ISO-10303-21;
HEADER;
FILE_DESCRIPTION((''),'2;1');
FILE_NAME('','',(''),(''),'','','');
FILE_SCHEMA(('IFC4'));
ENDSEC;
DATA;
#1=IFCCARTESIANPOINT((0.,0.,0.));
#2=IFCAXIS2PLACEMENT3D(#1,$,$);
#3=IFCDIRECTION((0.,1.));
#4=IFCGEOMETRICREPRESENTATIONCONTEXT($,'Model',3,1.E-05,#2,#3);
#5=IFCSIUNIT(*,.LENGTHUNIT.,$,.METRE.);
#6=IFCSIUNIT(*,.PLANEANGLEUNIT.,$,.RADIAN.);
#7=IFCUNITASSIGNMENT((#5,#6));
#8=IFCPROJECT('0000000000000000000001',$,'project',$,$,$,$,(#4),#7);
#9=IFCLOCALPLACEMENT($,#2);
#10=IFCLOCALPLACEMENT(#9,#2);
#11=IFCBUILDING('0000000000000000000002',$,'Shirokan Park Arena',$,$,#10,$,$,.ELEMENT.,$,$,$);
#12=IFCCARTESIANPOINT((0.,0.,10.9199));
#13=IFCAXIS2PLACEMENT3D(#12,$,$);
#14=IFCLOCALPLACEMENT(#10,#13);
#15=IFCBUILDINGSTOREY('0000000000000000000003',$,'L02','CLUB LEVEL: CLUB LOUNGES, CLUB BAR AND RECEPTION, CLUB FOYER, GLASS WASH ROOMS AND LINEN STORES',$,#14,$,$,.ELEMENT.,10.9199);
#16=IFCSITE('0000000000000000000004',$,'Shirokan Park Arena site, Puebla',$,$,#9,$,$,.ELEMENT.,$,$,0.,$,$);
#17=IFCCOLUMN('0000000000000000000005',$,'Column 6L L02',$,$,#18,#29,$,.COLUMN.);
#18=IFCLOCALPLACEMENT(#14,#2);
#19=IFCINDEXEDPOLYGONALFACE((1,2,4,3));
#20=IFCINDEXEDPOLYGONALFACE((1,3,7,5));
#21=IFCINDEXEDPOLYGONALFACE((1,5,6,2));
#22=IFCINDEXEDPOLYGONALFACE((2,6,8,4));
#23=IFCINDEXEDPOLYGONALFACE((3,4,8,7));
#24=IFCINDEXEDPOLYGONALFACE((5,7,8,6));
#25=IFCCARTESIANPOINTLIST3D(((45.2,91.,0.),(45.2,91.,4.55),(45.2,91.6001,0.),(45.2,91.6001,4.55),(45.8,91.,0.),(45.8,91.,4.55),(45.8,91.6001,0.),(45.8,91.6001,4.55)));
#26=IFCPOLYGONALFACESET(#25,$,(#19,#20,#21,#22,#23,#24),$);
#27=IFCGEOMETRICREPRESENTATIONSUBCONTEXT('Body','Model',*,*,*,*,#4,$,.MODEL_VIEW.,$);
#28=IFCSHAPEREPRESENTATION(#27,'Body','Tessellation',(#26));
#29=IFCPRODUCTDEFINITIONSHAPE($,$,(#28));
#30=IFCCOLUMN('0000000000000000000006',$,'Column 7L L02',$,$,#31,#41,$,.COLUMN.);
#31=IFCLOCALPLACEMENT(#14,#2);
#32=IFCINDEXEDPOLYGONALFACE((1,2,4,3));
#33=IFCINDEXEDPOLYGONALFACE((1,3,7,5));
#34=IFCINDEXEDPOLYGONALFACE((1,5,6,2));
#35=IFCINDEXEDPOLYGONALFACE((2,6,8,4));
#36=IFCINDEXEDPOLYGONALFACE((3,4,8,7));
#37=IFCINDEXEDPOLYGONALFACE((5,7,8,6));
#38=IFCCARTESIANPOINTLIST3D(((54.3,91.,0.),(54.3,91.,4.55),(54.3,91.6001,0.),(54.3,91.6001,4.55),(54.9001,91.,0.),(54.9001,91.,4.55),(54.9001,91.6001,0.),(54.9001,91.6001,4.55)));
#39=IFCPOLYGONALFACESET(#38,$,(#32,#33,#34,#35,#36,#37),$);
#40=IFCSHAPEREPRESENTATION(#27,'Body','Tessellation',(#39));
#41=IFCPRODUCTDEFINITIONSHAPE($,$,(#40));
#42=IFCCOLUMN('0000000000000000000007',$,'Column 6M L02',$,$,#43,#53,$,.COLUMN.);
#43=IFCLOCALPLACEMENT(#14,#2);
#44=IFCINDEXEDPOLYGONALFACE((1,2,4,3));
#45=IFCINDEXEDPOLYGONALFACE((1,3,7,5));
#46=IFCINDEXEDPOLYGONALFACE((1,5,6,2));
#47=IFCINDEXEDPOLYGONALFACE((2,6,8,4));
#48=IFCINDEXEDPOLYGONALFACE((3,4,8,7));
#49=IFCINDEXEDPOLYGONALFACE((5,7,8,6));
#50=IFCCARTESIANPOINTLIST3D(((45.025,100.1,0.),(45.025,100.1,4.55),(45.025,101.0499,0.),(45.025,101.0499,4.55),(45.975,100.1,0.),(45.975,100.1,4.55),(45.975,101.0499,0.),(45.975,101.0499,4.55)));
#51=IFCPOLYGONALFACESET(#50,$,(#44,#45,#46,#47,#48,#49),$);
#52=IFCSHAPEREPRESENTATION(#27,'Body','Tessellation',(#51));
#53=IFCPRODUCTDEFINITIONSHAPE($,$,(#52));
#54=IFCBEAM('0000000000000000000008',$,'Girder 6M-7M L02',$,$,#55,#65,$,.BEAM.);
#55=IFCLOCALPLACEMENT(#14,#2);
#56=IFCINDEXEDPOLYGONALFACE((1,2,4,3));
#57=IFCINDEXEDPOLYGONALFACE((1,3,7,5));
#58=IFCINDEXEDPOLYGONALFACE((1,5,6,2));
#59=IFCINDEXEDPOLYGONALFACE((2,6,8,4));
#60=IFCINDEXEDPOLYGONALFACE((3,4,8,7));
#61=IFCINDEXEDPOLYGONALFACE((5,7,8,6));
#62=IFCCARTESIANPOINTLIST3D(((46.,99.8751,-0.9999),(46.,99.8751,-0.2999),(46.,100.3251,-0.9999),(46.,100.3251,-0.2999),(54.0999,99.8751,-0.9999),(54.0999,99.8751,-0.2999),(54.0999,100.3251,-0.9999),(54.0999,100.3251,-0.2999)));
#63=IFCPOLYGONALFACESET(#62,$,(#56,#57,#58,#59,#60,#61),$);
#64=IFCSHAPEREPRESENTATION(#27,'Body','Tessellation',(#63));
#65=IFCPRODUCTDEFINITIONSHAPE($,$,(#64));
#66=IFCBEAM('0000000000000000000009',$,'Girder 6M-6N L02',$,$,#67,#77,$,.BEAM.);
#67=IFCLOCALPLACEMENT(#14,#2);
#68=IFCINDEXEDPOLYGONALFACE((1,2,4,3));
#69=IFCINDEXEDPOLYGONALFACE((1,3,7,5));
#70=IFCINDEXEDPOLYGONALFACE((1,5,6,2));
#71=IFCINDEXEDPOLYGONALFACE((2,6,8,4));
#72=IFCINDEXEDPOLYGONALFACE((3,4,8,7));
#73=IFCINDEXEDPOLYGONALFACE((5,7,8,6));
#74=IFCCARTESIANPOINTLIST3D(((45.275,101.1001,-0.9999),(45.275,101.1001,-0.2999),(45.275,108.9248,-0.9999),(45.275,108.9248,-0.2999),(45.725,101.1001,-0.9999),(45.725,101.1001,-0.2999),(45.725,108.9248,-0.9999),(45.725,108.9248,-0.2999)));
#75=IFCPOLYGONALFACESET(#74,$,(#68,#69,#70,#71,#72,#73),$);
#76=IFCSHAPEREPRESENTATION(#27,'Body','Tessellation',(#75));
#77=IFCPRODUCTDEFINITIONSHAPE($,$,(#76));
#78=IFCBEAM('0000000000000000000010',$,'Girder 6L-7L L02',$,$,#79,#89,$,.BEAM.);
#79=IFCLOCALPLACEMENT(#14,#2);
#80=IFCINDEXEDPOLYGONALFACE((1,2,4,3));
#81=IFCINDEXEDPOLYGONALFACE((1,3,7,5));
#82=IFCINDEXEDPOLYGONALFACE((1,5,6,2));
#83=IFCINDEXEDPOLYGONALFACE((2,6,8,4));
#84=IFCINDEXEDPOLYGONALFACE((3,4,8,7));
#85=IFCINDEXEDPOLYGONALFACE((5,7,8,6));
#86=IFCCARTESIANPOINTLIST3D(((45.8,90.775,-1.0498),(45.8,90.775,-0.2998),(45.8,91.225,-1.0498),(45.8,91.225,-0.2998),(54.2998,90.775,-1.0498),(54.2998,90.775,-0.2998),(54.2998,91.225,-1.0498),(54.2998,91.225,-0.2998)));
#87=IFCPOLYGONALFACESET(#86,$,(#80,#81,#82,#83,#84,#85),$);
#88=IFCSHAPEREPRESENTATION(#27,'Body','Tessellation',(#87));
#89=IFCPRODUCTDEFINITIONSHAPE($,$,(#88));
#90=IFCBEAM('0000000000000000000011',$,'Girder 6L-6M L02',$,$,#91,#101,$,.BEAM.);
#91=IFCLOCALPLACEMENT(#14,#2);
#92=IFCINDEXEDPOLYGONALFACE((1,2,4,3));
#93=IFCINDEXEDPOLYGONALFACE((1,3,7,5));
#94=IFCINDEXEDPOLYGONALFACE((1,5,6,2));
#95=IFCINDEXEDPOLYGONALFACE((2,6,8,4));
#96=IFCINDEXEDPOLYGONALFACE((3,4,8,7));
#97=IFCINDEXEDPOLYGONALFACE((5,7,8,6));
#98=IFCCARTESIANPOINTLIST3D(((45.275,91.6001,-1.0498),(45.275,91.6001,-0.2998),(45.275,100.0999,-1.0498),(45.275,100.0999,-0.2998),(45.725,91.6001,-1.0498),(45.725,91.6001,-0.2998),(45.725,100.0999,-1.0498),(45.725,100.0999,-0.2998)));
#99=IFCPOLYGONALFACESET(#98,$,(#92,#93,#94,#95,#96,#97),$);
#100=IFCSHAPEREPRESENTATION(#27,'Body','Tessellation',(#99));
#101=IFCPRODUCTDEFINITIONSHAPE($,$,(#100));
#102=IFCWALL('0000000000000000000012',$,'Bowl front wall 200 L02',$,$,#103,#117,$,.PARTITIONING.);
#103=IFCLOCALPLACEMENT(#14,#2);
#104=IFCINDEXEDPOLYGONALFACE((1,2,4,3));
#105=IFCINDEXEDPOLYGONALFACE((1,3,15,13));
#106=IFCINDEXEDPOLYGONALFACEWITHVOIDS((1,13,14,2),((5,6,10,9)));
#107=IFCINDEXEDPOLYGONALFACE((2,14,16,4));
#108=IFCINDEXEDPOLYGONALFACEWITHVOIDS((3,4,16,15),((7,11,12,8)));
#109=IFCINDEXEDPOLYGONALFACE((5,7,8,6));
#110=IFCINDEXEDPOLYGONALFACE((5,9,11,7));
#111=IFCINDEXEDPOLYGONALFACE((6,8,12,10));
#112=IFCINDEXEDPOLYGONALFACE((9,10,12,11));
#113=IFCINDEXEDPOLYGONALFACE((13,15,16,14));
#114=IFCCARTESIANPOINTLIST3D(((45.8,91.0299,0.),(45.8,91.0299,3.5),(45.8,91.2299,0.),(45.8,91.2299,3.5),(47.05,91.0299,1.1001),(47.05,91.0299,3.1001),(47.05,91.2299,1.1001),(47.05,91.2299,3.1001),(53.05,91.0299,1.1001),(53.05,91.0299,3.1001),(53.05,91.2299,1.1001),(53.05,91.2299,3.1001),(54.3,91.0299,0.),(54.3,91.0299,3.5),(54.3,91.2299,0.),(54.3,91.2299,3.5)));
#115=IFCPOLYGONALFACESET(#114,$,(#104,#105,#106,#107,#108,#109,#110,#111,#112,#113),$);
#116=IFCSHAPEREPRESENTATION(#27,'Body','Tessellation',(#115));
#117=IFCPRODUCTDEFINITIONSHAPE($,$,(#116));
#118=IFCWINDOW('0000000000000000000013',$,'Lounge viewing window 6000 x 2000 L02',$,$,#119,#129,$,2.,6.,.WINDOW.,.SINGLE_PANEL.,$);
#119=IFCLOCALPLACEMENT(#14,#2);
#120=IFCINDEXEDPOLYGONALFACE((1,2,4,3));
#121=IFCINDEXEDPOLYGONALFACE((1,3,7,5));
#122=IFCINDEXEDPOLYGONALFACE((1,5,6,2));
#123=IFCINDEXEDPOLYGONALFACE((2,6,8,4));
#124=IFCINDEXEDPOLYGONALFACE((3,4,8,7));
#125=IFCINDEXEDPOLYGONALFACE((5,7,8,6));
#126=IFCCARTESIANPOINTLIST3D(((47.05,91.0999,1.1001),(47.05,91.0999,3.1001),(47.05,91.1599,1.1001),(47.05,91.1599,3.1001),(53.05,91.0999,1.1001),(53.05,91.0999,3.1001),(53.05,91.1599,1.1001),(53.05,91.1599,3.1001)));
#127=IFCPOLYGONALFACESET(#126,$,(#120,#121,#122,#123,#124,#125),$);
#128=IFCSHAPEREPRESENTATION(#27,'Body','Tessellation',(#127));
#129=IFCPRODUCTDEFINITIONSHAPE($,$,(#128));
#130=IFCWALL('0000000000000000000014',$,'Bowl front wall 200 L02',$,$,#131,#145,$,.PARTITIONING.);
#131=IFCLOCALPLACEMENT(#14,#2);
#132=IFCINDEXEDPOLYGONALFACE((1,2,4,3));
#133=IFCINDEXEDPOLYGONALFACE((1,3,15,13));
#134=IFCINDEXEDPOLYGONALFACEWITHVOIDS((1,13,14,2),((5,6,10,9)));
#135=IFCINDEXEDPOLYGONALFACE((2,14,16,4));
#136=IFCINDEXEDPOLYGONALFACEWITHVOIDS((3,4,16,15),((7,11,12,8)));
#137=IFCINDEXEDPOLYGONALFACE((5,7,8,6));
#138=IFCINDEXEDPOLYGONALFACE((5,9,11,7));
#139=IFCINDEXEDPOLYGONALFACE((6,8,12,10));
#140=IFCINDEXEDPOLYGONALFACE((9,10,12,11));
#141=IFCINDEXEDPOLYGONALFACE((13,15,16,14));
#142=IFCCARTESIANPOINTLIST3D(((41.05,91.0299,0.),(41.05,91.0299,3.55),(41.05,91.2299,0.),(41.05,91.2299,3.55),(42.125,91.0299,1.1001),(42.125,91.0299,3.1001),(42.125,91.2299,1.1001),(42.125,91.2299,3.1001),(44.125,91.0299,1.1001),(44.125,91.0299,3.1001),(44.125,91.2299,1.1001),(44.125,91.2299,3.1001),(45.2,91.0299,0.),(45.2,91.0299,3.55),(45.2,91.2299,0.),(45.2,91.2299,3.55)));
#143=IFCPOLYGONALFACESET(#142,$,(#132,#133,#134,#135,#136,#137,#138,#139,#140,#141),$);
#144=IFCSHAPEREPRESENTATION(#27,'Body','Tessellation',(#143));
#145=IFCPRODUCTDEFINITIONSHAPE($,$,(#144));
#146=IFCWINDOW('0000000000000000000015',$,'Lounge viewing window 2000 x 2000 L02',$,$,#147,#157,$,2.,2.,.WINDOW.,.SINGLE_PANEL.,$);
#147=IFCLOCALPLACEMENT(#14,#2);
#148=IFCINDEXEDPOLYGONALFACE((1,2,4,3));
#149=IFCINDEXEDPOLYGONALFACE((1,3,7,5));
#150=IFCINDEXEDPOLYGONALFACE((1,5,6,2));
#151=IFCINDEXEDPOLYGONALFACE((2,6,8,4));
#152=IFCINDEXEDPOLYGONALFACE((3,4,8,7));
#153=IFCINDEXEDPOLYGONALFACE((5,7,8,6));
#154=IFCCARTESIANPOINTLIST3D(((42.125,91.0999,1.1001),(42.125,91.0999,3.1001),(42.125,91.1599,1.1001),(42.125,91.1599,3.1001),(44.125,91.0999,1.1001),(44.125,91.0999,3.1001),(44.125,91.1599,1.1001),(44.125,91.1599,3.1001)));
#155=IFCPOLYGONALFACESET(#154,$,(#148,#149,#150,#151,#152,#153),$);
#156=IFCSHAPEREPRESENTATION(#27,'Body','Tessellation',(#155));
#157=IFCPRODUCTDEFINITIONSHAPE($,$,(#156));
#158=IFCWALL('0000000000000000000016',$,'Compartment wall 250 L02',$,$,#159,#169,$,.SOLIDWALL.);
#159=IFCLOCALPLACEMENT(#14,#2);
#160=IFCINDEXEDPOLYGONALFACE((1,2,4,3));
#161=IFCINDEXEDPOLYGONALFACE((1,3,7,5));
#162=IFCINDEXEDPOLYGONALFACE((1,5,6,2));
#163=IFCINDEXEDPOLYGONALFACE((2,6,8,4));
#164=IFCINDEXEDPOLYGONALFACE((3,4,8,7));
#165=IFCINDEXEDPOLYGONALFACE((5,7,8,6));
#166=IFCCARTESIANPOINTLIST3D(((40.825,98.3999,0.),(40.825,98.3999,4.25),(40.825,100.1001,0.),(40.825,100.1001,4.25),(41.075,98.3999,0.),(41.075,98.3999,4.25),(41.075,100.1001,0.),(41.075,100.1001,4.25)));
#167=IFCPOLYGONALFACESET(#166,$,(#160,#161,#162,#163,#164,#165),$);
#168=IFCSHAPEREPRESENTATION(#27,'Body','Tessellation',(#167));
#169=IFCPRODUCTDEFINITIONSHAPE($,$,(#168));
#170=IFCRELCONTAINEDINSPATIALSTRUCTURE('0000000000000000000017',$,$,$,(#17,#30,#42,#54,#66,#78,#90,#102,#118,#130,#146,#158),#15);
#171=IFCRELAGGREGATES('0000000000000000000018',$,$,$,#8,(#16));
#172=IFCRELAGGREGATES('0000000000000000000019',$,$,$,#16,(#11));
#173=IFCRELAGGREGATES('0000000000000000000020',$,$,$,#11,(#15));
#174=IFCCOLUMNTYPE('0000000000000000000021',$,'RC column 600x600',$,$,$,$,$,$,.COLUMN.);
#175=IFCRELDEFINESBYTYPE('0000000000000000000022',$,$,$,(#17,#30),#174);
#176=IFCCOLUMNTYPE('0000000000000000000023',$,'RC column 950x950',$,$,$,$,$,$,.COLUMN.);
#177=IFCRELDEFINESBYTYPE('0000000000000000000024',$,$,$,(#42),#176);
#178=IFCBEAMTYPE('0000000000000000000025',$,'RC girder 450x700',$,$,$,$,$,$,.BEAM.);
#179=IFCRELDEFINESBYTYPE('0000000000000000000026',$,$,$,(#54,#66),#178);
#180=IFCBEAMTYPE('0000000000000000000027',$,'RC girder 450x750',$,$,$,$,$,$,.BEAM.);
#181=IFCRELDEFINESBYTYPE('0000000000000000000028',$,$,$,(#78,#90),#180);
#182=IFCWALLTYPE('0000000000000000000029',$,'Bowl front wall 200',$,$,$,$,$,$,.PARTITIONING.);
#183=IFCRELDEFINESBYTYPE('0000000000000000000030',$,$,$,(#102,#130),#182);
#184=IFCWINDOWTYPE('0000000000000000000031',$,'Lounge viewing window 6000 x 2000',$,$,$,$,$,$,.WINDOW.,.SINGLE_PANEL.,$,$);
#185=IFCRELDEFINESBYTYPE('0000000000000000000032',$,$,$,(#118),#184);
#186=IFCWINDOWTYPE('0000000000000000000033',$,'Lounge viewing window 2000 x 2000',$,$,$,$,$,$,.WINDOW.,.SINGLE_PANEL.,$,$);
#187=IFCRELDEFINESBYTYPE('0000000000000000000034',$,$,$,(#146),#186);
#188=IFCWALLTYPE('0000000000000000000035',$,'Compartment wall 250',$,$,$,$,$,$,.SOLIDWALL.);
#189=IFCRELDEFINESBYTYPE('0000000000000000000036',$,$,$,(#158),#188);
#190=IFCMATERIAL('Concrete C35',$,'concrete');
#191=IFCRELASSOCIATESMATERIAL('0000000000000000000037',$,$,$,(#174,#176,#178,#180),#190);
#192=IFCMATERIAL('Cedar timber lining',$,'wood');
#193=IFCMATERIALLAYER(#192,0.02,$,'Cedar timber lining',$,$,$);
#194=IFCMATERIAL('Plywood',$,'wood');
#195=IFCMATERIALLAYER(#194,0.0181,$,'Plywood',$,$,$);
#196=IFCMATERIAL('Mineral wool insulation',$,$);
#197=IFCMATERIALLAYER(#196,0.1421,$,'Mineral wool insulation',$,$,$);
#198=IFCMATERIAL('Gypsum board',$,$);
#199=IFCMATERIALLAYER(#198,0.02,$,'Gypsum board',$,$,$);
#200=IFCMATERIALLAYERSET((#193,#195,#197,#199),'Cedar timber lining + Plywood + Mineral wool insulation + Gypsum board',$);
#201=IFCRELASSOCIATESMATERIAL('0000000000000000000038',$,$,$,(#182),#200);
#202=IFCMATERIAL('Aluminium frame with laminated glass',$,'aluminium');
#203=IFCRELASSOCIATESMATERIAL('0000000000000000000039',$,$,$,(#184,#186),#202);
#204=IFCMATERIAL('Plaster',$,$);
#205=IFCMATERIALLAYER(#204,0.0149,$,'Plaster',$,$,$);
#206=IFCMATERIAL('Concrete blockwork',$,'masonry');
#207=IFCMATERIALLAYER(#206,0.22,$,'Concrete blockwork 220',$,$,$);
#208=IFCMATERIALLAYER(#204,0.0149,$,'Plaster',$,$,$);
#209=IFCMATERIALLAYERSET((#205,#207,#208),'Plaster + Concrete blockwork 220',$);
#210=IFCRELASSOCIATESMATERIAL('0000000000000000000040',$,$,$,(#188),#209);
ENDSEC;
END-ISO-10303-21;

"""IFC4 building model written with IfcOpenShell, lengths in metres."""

from ifc_helpers import new_model, si_unit, direction, frame, frame_2d, origin, origin_2d, place, context, subcontext, project, spatial, rectangle, extrude, material, layer, layer_set, material_profile, profile_set, type_object, element, fill, save


model = new_model("IFC4")

# Units and contexts
model_context = context("Model", 3, precision=1e-05, world=origin(), true_north=direction((0.0, 1.0)))
body_context = subcontext(model_context, "Body", "Model", "MODEL_VIEW")
ifc_project = project(units=[si_unit("LENGTHUNIT", "METRE"), si_unit("PLANEANGLEUNIT", "RADIAN")], contexts=[model_context])

# Site, building, storey
site_placement = place(None, origin())
site = spatial("IfcSite", under=ifc_project, at=site_placement, Name="Shirokan Park Arena site, Puebla", CompositionType="ELEMENT", RefElevation=0.0)
building_placement = place(site_placement, origin())
building = spatial("IfcBuilding", under=site, at=building_placement, Name="Shirokan Park Arena", CompositionType="ELEMENT")
storey_placement = place(building_placement, frame((0.0, 0.0, 10.9199)))
storey = spatial("IfcBuildingStorey", under=building, at=storey_placement, Name="L02", Description="CLUB LEVEL: CLUB LOUNGES, CLUB BAR AND RECEPTION, CLUB FOYER, GLASS WASH ROOMS AND LINEN STORES", CompositionType="ELEMENT", Elevation=10.9199)

# Columns
ifc_material_1 = material(Name="Concrete C35", Category="concrete")
ifc_material_profile_1 = material_profile(ifc_material_1, rectangle(XDim=0.6001, YDim=0.6001, at=origin_2d()), Name="600x600")
ifc_profile_set_1 = profile_set([ifc_material_profile_1], Name="Concrete C35")
column_type_1 = type_object("IfcColumnType", Name="RC column 600x600", PredefinedType="COLUMN", material=ifc_profile_set_1)
for number, where, z_axis, x_axis, name in (
    (1, (45.5, 91.3, 0.0), (0.0, 0.0, 1.0), (1.0, 0.0, 0.0), "Column 6L L02"),
    (2, (54.6001, 91.3, 0.0), (0.0, 0.0, 1.0), (1.0, 0.0, 0.0), "Column 7L L02"),
):
    element("IfcColumn", number, at=place(storey_placement, frame(where, z_axis=z_axis, x_axis=x_axis)), inside=storey, type_object=column_type_1, Name=name, PredefinedType="COLUMN", context=body_context, shape_type="SweptSolid", body=[
        extrude(rectangle(XDim=0.6001, YDim=0.6001, at=origin_2d()), origin(), (0.0, 0.0, 1.0), 4.55),
    ])
ifc_material_profile_2 = material_profile(ifc_material_1, rectangle(XDim=0.95, YDim=0.95, at=origin_2d()), Name="950x950")
ifc_profile_set_2 = profile_set([ifc_material_profile_2], Name="Concrete C35")
column_type_2 = type_object("IfcColumnType", Name="RC column 950x950", PredefinedType="COLUMN", material=ifc_profile_set_2)
column_placement = place(storey_placement, frame((45.5, 100.575, 0.0), z_axis=(0.0, 0.0, 1.0), x_axis=(1.0, 0.0, 0.0)))
element("IfcColumn", 3, at=column_placement, inside=storey, type_object=column_type_2, Name="Column 6M L02", PredefinedType="COLUMN", context=body_context, shape_type="SweptSolid", body=[
    extrude(rectangle(XDim=0.95, YDim=0.95, at=origin_2d()), origin(), (0.0, 0.0, 1.0), 4.55),
])

# Beams
ifc_material_profile_3 = material_profile(ifc_material_1, rectangle(XDim=0.45, YDim=0.7, at=origin_2d()), Name="450x700")
ifc_profile_set_3 = profile_set([ifc_material_profile_3], Name="Concrete C35")
beam_type_1 = type_object("IfcBeamType", Name="RC girder 450x700", PredefinedType="BEAM", material=ifc_profile_set_3)
beam_1_placement = place(storey_placement, frame((46.0, 100.1001, -0.6499), z_axis=(1.0, 0.0, 0.0), x_axis=(0.0, 1.0, 0.0)))
element("IfcBeam", 4, at=beam_1_placement, inside=storey, type_object=beam_type_1, Name="Girder 6M-7M L02", PredefinedType="BEAM", context=body_context, shape_type="SweptSolid", body=[
    extrude(rectangle(XDim=0.45, YDim=0.7, at=origin_2d()), origin(), (0.0, 0.0, 1.0), 8.0999),
])
beam_2_placement = place(storey_placement, frame((45.5, 101.1001, -0.6499), z_axis=(0.0, 1.0, 0.0), x_axis=(-1.0, 0.0, 0.0)))
element("IfcBeam", 5, at=beam_2_placement, inside=storey, type_object=beam_type_1, Name="Girder 6M-6N L02", PredefinedType="BEAM", context=body_context, shape_type="SweptSolid", body=[
    extrude(rectangle(XDim=0.45, YDim=0.7, at=origin_2d()), origin(), (0.0, 0.0, 1.0), 7.8247),
])
ifc_material_profile_4 = material_profile(ifc_material_1, rectangle(XDim=0.45, YDim=0.75, at=origin_2d()), Name="450x750")
ifc_profile_set_4 = profile_set([ifc_material_profile_4], Name="Concrete C35")
beam_type_2 = type_object("IfcBeamType", Name="RC girder 450x750", PredefinedType="BEAM", material=ifc_profile_set_4)
for number, where, z_axis, x_axis, name in (
    (6, (45.8, 91.0, -0.6748), (1.0, 0.0, 0.0), (0.0, 1.0, 0.0), "Girder 6L-7L L02"),
    (7, (45.5, 91.6001, -0.6748), (0.0, 1.0, 0.0), (-1.0, 0.0, 0.0), "Girder 6L-6M L02"),
):
    element("IfcBeam", number, at=place(storey_placement, frame(where, z_axis=z_axis, x_axis=x_axis)), inside=storey, type_object=beam_type_2, Name=name, PredefinedType="BEAM", context=body_context, shape_type="SweptSolid", body=[
        extrude(rectangle(XDim=0.45, YDim=0.75, at=origin_2d()), origin(), (0.0, 0.0, 1.0), 8.4998),
    ])

# Walls, openings, windows
ifc_material_2 = material(Name="Cedar timber lining", Category="wood")
ifc_layer_1 = layer(ifc_material_2, 0.02, Name="Cedar timber lining")
ifc_material_3 = material(Name="Plywood", Category="wood")
ifc_layer_2 = layer(ifc_material_3, 0.0181, Name="Plywood")
ifc_material_4 = material(Name="Mineral wool insulation")
ifc_layer_3 = layer(ifc_material_4, 0.1421, Name="Mineral wool insulation")
ifc_material_5 = material(Name="Gypsum board")
ifc_layer_4 = layer(ifc_material_5, 0.02, Name="Gypsum board")
ifc_layer_set_1 = layer_set([ifc_layer_1, ifc_layer_2, ifc_layer_3, ifc_layer_4], Name="Cedar timber lining + Plywood + Mineral wool insulation + Gypsum board")
wall_type_1 = type_object("IfcWallType", Name="Bowl front wall 200", PredefinedType="PARTITIONING", material=ifc_layer_set_1)
wall_1_placement = place(storey_placement, frame((54.3, 91.1299, 0.0), z_axis=(0.0, 0.0, 1.0), x_axis=(-1.0, 0.0, 0.0)))
wall_1 = element("IfcWall", 8, at=wall_1_placement, inside=storey, type_object=wall_type_1, Name="Bowl front wall 200 L02", PredefinedType="PARTITIONING", context=body_context, shape_type="SweptSolid", body=[
    extrude(rectangle(XDim=8.5, YDim=0.2, at=frame_2d((4.25, 0.0))), origin(), (0.0, 0.0, 1.0), 3.5),
])
opening_1_placement = place(wall_1_placement, frame((1.25, 0.0, 1.1001)))
opening_1 = element("IfcOpeningElement", 9, at=opening_1_placement, cuts=wall_1, PredefinedType="OPENING", context=body_context, shape_type="SweptSolid", body=[
    extrude(rectangle(XDim=6.0, YDim=2.0, at=frame_2d((3.0, 1.0))), frame((0.0, 0.1099, 0.0), z_axis=(0.0, -1.0, 0.0), x_axis=(1.0, 0.0, 0.0)), (0.0, 0.0, 1.0), 0.22),
])
ifc_material_6 = material(Name="Aluminium frame with laminated glass", Category="aluminium")
window_type_1 = type_object("IfcWindowType", Name="Lounge viewing window 6000 x 2000", PartitioningType="SINGLE_PANEL", PredefinedType="WINDOW", material=ifc_material_6)
window_1_placement = place(opening_1_placement, origin())
window_1 = element("IfcWindow", 10, at=window_1_placement, inside=storey, type_object=window_type_1, Name="Lounge viewing window 6000 x 2000 L02", OverallHeight=2.0, OverallWidth=6.0, PartitioningType="SINGLE_PANEL", PredefinedType="WINDOW", context=body_context, shape_type="SweptSolid", body=[
    extrude(rectangle(XDim=6.0, YDim=2.0, at=frame_2d((3.0, 1.0))), frame((0.0, 0.03, 0.0), z_axis=(0.0, -1.0, 0.0), x_axis=(1.0, 0.0, 0.0)), (0.0, 0.0, 1.0), 0.0601),
])
fill(opening_1, window_1)
wall_2_placement = place(storey_placement, frame((45.2, 91.1299, 0.0), z_axis=(0.0, 0.0, 1.0), x_axis=(-1.0, 0.0, 0.0)))
wall_2 = element("IfcWall", 11, at=wall_2_placement, inside=storey, type_object=wall_type_1, Name="Bowl front wall 200 L02", PredefinedType="PARTITIONING", context=body_context, shape_type="SweptSolid", body=[
    extrude(rectangle(XDim=4.1499, YDim=0.2, at=frame_2d((2.075, 0.0))), origin(), (0.0, 0.0, 1.0), 3.55),
])
opening_2_placement = place(wall_2_placement, frame((1.075, 0.0, 1.1001)))
opening_2 = element("IfcOpeningElement", 12, at=opening_2_placement, cuts=wall_2, PredefinedType="OPENING", context=body_context, shape_type="SweptSolid", body=[
    extrude(rectangle(XDim=2.0, YDim=2.0, at=frame_2d((1.0, 1.0))), frame((0.0, 0.1099, 0.0), z_axis=(0.0, -1.0, 0.0), x_axis=(1.0, 0.0, 0.0)), (0.0, 0.0, 1.0), 0.22),
])
window_type_2 = type_object("IfcWindowType", Name="Lounge viewing window 2000 x 2000", PartitioningType="SINGLE_PANEL", PredefinedType="WINDOW", material=ifc_material_6)
window_2_placement = place(opening_2_placement, origin())
window_2 = element("IfcWindow", 13, at=window_2_placement, inside=storey, type_object=window_type_2, Name="Lounge viewing window 2000 x 2000 L02", OverallHeight=2.0, OverallWidth=2.0, PartitioningType="SINGLE_PANEL", PredefinedType="WINDOW", context=body_context, shape_type="SweptSolid", body=[
    extrude(rectangle(XDim=2.0, YDim=2.0, at=frame_2d((1.0, 1.0))), frame((0.0, 0.03, 0.0), z_axis=(0.0, -1.0, 0.0), x_axis=(1.0, 0.0, 0.0)), (0.0, 0.0, 1.0), 0.0601),
])
fill(opening_2, window_2)

# Wall
ifc_material_7 = material(Name="Plaster")
ifc_layer_5 = layer(ifc_material_7, 0.0149, Name="Plaster")
ifc_material_8 = material(Name="Concrete blockwork", Category="masonry")
ifc_layer_6 = layer(ifc_material_8, 0.22, Name="Concrete blockwork 220")
ifc_layer_7 = layer(ifc_material_7, 0.0149, Name="Plaster")
ifc_layer_set_2 = layer_set([ifc_layer_5, ifc_layer_6, ifc_layer_7], Name="Plaster + Concrete blockwork 220")
wall_type_2 = type_object("IfcWallType", Name="Compartment wall 250", PredefinedType="SOLIDWALL", material=ifc_layer_set_2)
wall_3_placement = place(storey_placement, frame((40.95, 100.1001, 0.0), z_axis=(0.0, 0.0, 1.0), x_axis=(0.0, -1.0, 0.0)))
element("IfcWall", 14, at=wall_3_placement, inside=storey, type_object=wall_type_2, Name="Compartment wall 250 L02", PredefinedType="SOLIDWALL", context=body_context, shape_type="SweptSolid", body=[
    extrude(rectangle(XDim=1.7002, YDim=0.25, at=frame_2d((0.8501, 0.0))), origin(), (0.0, 0.0, 1.0), 4.25),
])

save(model, "model.ifc")
